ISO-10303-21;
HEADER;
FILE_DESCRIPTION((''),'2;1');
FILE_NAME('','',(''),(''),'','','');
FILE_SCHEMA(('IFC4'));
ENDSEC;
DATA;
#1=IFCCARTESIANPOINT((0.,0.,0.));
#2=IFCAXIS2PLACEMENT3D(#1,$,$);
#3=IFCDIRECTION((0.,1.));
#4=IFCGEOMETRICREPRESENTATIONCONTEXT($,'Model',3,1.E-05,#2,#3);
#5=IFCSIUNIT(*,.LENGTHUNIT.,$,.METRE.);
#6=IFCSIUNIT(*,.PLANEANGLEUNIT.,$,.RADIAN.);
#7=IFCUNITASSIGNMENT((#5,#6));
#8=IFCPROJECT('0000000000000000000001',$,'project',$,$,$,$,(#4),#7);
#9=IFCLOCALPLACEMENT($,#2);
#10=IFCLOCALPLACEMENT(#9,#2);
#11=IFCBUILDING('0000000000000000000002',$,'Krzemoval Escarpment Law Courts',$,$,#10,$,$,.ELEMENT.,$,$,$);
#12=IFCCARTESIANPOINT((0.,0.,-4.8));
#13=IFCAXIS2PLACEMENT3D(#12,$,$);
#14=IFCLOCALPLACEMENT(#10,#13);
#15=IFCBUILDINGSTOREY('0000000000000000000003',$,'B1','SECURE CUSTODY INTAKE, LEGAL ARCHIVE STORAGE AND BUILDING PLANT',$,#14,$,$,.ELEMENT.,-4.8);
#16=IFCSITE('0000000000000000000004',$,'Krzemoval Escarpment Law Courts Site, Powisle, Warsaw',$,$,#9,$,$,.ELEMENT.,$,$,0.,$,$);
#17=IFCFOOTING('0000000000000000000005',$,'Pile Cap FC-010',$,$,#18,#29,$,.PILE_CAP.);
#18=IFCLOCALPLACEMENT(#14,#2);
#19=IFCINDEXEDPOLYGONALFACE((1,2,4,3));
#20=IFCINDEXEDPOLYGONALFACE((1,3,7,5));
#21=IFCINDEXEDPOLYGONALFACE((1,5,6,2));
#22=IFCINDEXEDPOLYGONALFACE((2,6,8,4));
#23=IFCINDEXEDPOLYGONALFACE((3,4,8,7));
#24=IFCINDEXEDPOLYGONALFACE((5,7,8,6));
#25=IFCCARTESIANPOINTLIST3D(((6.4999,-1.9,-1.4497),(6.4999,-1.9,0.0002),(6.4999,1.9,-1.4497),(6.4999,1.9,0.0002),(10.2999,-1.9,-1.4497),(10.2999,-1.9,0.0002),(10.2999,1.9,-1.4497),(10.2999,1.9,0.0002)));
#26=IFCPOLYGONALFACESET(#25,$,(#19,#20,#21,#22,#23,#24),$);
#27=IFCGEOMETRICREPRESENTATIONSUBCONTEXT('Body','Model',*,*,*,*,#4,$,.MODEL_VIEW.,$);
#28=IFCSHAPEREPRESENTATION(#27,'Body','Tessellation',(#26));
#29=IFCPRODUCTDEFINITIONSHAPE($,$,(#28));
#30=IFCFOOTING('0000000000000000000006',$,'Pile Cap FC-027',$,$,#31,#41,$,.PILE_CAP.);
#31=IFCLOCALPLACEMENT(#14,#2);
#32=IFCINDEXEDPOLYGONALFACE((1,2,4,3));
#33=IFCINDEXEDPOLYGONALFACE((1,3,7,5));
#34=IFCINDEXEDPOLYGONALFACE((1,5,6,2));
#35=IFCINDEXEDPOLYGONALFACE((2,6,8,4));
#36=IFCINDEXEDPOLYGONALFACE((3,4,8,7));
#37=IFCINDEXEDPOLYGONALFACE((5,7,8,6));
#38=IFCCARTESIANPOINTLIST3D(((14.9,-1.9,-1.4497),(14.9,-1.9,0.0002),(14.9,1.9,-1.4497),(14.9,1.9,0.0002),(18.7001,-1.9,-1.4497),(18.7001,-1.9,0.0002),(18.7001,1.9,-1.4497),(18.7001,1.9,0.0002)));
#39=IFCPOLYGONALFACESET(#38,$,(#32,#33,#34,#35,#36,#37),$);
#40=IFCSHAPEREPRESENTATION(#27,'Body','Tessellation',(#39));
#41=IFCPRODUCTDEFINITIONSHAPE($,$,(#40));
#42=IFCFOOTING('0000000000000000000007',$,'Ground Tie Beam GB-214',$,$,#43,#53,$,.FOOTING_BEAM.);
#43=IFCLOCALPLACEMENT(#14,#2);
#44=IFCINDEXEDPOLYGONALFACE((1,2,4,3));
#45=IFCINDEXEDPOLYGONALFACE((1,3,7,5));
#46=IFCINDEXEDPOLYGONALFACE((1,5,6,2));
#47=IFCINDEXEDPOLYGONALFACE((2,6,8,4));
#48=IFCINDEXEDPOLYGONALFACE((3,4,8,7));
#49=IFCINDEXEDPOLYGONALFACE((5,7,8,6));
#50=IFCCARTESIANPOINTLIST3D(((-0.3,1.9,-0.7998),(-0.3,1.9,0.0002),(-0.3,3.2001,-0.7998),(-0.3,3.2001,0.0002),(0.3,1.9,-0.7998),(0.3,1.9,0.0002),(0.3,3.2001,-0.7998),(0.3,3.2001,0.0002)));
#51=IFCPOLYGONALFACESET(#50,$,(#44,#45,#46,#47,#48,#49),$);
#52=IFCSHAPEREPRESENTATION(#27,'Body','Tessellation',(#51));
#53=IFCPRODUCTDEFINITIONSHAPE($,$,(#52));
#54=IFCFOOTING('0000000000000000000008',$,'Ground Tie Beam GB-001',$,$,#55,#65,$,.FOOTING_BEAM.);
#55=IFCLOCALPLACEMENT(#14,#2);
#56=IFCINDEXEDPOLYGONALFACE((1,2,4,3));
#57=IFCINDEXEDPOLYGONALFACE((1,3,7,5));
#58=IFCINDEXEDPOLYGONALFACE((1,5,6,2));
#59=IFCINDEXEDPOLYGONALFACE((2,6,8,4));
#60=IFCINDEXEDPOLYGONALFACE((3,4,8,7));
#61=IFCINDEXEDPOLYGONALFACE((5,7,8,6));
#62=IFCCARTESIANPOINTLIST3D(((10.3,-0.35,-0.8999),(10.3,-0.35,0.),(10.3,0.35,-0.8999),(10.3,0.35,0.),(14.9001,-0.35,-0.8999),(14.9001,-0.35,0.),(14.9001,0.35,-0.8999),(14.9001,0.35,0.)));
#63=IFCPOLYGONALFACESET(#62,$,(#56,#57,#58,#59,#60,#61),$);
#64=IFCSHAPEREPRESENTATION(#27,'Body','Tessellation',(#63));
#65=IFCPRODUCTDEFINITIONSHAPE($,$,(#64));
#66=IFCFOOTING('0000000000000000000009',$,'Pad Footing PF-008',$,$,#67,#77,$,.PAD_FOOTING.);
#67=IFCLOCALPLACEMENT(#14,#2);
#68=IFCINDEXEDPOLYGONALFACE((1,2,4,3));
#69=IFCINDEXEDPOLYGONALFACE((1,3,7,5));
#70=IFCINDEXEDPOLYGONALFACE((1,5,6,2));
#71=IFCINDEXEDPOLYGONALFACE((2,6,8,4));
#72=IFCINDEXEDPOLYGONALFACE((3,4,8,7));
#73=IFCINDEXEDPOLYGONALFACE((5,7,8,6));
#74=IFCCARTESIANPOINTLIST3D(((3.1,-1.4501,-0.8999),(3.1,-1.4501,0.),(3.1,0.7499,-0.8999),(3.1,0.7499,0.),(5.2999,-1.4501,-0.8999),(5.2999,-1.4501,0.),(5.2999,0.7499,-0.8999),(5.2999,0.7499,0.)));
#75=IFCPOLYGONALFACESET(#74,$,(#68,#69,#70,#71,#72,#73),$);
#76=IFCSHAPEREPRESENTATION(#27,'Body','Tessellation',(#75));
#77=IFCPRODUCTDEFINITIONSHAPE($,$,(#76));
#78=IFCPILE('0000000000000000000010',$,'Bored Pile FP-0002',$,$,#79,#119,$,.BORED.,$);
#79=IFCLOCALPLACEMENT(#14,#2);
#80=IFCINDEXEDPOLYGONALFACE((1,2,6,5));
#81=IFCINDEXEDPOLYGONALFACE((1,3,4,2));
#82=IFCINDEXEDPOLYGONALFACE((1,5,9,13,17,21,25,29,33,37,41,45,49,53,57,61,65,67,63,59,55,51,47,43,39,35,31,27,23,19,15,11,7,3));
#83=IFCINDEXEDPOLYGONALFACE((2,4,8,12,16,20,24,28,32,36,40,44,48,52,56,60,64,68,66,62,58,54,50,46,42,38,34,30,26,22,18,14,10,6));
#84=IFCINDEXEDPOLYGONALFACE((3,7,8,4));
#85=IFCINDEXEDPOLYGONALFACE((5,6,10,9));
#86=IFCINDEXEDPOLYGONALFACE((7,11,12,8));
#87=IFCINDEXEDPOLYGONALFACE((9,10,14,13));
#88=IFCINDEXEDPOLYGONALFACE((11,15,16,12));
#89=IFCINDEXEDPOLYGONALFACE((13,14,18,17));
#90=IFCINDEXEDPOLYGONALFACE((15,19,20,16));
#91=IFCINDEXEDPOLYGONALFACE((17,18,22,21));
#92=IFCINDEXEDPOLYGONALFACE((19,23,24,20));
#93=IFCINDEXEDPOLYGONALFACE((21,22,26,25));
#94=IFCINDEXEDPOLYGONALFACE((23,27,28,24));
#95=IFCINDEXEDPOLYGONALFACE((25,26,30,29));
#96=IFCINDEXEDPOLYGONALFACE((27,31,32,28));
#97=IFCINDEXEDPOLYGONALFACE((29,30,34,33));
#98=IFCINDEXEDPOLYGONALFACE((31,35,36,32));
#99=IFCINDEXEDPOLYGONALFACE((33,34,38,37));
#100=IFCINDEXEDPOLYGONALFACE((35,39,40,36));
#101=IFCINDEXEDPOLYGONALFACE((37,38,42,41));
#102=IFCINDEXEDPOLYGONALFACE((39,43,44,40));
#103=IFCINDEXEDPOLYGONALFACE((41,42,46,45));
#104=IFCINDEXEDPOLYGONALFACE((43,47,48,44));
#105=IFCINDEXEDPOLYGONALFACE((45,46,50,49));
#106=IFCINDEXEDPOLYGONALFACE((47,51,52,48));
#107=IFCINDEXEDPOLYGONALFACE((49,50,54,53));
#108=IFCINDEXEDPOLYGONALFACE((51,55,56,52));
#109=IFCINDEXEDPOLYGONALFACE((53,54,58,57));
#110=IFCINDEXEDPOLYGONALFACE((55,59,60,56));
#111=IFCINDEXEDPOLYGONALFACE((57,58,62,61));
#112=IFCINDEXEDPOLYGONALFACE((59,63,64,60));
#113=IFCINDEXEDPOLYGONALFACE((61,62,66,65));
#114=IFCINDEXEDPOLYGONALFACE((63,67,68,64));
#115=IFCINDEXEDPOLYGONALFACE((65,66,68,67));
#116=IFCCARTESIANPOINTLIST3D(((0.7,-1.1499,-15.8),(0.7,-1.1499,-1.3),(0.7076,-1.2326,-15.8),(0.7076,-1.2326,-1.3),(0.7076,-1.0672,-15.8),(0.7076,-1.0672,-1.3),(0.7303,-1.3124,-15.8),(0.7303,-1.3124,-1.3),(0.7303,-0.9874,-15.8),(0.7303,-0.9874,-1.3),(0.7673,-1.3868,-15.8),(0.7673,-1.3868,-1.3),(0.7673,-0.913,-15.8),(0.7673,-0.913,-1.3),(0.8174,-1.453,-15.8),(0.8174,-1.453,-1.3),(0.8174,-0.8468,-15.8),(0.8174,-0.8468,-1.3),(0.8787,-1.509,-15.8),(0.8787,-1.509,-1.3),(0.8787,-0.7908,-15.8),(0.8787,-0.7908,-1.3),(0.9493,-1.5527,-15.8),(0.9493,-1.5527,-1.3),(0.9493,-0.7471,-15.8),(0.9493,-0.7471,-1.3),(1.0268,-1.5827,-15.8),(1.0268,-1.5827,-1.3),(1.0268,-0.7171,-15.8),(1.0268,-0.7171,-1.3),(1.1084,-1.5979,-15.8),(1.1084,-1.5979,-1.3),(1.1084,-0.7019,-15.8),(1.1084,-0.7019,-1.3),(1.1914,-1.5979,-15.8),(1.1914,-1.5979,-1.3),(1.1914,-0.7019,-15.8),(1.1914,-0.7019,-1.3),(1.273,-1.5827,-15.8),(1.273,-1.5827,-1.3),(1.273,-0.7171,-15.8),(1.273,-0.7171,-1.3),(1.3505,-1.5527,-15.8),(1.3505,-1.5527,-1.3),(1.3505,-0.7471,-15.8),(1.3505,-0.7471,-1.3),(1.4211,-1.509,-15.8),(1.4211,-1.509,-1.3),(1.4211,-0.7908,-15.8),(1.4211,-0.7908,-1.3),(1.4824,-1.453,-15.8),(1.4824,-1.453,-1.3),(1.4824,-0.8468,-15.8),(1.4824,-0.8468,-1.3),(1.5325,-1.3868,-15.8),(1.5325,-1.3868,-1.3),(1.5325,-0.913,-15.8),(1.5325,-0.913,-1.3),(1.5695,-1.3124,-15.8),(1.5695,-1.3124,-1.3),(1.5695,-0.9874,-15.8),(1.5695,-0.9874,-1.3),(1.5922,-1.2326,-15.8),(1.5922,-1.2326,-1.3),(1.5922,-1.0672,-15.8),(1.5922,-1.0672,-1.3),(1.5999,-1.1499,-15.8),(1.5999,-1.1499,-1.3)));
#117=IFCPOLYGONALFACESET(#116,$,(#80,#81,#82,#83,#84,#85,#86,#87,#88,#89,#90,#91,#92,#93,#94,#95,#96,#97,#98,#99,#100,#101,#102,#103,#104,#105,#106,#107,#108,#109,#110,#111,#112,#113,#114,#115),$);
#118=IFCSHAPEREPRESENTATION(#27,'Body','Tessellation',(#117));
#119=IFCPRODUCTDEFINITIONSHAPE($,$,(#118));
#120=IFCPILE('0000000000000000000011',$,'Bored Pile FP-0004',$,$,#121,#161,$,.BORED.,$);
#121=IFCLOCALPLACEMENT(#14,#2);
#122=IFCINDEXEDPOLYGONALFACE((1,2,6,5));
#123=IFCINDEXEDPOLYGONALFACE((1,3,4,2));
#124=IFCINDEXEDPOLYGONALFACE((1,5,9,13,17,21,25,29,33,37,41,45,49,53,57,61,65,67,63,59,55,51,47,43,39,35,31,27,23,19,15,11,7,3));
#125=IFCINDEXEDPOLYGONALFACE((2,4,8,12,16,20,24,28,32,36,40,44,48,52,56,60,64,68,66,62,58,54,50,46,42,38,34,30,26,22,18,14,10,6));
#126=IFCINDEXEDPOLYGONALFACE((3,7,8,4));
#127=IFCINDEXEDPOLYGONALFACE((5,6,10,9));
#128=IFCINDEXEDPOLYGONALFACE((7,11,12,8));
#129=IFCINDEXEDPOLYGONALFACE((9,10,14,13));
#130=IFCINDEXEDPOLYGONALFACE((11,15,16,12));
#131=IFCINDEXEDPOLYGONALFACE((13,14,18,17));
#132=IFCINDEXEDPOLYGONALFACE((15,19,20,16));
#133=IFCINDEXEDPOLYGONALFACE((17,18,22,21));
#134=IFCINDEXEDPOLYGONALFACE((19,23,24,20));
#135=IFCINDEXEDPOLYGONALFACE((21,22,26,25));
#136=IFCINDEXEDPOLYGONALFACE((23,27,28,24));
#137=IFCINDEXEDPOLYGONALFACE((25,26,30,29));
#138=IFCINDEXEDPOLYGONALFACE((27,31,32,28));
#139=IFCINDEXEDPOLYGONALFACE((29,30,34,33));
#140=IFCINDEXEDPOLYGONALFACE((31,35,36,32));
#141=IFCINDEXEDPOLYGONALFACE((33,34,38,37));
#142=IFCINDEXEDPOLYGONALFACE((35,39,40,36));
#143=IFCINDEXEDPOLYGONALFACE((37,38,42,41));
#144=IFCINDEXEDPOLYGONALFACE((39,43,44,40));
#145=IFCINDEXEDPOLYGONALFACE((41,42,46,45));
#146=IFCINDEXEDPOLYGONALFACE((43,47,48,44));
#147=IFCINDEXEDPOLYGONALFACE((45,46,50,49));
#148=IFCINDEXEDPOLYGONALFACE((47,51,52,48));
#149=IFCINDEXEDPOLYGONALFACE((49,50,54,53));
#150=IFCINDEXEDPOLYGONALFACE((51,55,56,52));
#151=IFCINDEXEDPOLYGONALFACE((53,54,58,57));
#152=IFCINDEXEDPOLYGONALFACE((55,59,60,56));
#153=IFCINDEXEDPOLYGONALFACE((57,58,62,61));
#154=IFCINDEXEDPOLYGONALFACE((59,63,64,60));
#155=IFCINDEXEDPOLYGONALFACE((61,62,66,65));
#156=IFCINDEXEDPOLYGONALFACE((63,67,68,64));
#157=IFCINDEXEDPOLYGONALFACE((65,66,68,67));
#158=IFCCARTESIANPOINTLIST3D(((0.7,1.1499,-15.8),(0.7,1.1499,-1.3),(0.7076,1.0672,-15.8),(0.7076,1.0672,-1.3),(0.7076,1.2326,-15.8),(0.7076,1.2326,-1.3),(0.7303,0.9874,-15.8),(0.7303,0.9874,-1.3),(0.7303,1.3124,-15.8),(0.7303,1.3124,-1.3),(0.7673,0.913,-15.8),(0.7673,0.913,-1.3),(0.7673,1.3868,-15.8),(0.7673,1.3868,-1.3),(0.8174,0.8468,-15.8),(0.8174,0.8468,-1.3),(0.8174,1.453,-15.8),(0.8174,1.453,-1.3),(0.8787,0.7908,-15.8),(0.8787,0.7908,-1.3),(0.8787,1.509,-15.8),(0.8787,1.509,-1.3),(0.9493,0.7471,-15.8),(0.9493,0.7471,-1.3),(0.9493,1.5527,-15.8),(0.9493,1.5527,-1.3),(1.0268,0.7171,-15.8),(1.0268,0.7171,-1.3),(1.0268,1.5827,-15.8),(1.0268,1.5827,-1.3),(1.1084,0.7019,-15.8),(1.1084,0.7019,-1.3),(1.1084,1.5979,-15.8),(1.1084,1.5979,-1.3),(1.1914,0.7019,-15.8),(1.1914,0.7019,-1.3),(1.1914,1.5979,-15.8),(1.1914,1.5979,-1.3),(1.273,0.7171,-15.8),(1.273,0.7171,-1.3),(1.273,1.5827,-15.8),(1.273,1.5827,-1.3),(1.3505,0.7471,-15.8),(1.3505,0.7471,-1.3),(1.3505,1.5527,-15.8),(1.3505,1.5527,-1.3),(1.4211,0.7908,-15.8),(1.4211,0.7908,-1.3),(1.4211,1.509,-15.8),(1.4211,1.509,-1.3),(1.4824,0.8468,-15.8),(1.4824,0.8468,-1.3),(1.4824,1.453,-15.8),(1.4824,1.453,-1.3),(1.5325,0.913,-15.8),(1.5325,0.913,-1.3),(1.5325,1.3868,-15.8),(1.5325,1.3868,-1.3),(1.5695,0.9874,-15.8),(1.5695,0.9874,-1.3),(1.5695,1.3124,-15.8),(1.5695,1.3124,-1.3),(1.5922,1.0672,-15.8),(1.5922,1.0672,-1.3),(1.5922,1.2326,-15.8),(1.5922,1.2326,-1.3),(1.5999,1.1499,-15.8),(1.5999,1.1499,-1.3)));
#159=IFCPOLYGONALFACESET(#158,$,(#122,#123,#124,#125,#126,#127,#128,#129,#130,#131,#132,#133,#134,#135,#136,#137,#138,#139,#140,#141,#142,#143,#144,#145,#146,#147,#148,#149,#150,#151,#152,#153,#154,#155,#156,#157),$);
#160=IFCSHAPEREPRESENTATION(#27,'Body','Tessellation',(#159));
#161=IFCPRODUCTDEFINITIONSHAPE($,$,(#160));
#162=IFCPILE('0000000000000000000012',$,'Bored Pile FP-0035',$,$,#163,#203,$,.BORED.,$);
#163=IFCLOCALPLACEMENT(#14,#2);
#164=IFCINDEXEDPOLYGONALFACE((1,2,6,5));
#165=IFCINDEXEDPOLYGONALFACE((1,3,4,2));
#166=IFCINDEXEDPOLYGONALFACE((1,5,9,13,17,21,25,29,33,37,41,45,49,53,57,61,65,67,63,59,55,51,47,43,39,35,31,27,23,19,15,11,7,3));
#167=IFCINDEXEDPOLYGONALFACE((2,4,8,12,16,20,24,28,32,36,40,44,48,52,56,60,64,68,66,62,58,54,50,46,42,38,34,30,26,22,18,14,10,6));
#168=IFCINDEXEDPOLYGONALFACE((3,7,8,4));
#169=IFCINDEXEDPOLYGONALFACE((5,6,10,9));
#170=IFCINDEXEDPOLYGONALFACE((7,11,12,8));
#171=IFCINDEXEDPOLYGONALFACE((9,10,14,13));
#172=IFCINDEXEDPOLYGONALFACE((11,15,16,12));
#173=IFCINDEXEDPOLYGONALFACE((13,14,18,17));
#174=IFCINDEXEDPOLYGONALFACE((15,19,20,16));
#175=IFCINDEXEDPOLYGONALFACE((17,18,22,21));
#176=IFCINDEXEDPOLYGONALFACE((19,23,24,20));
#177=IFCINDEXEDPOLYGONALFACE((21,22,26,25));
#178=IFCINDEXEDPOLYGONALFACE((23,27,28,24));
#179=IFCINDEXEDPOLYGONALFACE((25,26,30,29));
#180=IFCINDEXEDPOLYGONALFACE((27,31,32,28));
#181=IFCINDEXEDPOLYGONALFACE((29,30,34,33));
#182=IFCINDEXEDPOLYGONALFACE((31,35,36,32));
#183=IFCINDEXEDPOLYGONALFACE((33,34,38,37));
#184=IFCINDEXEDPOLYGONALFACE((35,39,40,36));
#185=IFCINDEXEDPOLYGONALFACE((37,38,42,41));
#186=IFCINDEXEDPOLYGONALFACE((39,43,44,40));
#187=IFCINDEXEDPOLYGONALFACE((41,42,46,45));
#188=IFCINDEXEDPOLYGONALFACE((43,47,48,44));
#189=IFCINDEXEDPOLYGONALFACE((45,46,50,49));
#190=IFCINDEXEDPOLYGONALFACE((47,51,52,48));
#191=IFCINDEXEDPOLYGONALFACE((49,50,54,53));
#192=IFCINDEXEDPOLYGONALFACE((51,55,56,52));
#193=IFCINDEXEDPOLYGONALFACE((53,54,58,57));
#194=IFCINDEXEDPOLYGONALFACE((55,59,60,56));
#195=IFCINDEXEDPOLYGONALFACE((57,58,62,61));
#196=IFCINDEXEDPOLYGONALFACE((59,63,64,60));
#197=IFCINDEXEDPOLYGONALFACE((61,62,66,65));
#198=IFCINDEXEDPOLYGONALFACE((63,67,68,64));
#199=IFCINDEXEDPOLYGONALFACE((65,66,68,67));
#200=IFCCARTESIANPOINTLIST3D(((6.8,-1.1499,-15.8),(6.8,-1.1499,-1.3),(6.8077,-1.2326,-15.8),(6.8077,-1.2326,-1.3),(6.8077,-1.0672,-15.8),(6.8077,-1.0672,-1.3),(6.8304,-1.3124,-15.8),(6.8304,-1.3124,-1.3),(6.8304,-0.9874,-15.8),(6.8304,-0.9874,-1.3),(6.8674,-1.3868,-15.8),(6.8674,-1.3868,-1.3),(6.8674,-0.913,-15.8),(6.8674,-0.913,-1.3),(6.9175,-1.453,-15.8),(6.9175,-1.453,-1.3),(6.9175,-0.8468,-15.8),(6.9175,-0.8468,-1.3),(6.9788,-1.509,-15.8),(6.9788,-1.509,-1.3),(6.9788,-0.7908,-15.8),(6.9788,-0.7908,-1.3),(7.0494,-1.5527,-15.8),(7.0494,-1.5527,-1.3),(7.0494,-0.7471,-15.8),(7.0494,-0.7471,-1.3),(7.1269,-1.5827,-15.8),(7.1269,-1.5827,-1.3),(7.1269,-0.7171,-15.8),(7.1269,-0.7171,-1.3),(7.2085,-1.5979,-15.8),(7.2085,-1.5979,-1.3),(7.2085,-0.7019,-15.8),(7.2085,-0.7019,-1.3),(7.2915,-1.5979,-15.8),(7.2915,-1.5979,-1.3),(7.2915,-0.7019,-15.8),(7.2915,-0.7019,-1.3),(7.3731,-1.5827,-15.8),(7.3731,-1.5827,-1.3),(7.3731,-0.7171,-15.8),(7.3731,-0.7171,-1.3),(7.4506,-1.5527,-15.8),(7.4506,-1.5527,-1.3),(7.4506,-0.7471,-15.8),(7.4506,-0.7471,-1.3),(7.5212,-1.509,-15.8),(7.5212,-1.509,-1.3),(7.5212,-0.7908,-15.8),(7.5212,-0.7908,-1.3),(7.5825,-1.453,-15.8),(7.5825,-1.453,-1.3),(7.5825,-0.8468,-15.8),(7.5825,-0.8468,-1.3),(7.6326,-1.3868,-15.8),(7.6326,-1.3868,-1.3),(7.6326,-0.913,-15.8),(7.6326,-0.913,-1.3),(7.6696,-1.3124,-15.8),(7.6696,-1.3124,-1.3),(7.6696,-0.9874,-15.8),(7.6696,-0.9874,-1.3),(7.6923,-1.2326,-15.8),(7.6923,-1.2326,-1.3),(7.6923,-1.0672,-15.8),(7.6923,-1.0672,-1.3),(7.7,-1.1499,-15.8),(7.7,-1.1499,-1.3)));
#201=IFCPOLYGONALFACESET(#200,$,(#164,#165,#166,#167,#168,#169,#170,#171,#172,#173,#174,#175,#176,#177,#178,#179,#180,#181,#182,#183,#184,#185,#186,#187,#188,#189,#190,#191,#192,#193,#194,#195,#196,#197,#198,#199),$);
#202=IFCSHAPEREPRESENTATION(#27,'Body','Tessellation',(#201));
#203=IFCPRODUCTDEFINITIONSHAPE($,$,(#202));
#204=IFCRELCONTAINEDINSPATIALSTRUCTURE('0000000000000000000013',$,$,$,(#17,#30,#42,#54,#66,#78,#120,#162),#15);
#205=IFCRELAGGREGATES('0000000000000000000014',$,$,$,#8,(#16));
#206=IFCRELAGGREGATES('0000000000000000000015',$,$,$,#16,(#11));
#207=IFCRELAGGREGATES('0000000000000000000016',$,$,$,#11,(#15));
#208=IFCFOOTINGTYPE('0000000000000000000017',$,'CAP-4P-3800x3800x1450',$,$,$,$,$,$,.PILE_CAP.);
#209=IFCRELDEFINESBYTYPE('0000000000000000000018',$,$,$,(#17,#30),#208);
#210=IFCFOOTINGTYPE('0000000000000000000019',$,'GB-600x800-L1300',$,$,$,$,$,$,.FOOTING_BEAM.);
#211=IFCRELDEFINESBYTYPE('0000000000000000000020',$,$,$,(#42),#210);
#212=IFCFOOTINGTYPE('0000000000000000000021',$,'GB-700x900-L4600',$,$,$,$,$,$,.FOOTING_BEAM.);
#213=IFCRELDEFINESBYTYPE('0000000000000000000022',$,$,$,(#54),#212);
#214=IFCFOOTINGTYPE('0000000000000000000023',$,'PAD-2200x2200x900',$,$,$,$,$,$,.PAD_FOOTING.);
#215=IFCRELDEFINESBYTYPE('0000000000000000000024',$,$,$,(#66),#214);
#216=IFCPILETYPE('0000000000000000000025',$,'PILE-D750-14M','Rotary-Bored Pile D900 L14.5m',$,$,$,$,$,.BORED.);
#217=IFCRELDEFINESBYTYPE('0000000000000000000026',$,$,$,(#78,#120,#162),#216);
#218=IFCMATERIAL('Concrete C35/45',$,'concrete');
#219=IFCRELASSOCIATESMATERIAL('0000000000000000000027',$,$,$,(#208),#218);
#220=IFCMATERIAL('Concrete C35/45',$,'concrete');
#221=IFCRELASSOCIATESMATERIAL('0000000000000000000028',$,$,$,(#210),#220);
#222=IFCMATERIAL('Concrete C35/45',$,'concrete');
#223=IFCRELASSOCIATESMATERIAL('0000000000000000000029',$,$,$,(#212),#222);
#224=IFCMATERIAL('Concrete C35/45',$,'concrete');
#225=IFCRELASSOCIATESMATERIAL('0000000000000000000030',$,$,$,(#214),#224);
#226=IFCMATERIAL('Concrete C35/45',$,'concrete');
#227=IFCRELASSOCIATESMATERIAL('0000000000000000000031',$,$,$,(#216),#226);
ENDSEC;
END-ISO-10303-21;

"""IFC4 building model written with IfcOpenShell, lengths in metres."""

from ifc_helpers import new_model, si_unit, direction, frame, origin, origin_2d, place, context, subcontext, project, spatial, rectangle, circle, extrude, material, material_profile, profile_set, type_object, element, save


model = new_model("IFC4")

# Units and contexts
model_context = context("Model", 3, precision=1e-05, world=origin(), true_north=direction((0.0, 1.0)))
body_context = subcontext(model_context, "Body", "Model", "MODEL_VIEW")
ifc_project = project(units=[si_unit("LENGTHUNIT", "METRE"), si_unit("PLANEANGLEUNIT", "RADIAN")], contexts=[model_context])

# Site, building, storey
site_placement = place(None, origin())
site = spatial("IfcSite", under=ifc_project, at=site_placement, Name="Krzemoval Escarpment Law Courts Site, Powisle, Warsaw", CompositionType="ELEMENT", RefElevation=0.0)
building_placement = place(site_placement, origin())
building = spatial("IfcBuilding", under=site, at=building_placement, Name="Krzemoval Escarpment Law Courts", CompositionType="ELEMENT")
storey_placement = place(building_placement, frame((0.0, 0.0, -4.8)))
storey = spatial("IfcBuildingStorey", under=building, at=storey_placement, Name="B1", Description="SECURE CUSTODY INTAKE, LEGAL ARCHIVE STORAGE AND BUILDING PLANT", CompositionType="ELEMENT", Elevation=-4.8)

# Footings
ifc_material_1 = material(Name="Concrete C35/45", Category="concrete")
footing_type_1 = type_object("IfcFootingType", Name="CAP-4P-3800x3800x1450", PredefinedType="PILE_CAP", material=ifc_material_1)
for number, where, z_axis, x_axis, name in (
    (1, (8.3999, 0.0, -1.4497), (0.0, 0.0, 1.0), (1.0, 0.0, 0.0), "Pile Cap FC-010"),
    (2, (16.8, 0.0, -1.4497), (0.0, 0.0, 1.0), (1.0, 0.0, 0.0), "Pile Cap FC-027"),
):
    element("IfcFooting", number, at=place(storey_placement, frame(where, z_axis=z_axis, x_axis=x_axis)), inside=storey, type_object=footing_type_1, Name=name, PredefinedType="PILE_CAP", context=body_context, shape_type="SweptSolid", body=[
        extrude(rectangle(XDim=3.8, YDim=3.8, at=origin_2d()), origin(), (0.0, 0.0, 1.0), 1.45),
    ])
ifc_material_2 = material(Name="Concrete C35/45", Category="concrete")
footing_type_2 = type_object("IfcFootingType", Name="GB-600x800-L1300", PredefinedType="FOOTING_BEAM", material=ifc_material_2)
footing_1_placement = place(storey_placement, frame((0.0, 2.55, -0.7998), z_axis=(0.0, 0.0, 1.0), x_axis=(0.0, 1.0, 0.0)))
element("IfcFooting", 3, at=footing_1_placement, inside=storey, type_object=footing_type_2, Name="Ground Tie Beam GB-214", PredefinedType="FOOTING_BEAM", context=body_context, shape_type="SweptSolid", body=[
    extrude(rectangle(XDim=1.3, YDim=0.6001, at=origin_2d()), origin(), (0.0, 0.0, 1.0), 0.8),
])
ifc_material_3 = material(Name="Concrete C35/45", Category="concrete")
footing_type_3 = type_object("IfcFootingType", Name="GB-700x900-L4600", PredefinedType="FOOTING_BEAM", material=ifc_material_3)
footing_2_placement = place(storey_placement, frame((12.6001, 0.0, -0.8999), z_axis=(0.0, 0.0, 1.0), x_axis=(1.0, 0.0, 0.0)))
element("IfcFooting", 4, at=footing_2_placement, inside=storey, type_object=footing_type_3, Name="Ground Tie Beam GB-001", PredefinedType="FOOTING_BEAM", context=body_context, shape_type="SweptSolid", body=[
    extrude(rectangle(XDim=4.6001, YDim=0.7, at=origin_2d()), origin(), (0.0, 0.0, 1.0), 0.8999),
])
ifc_material_4 = material(Name="Concrete C35/45", Category="concrete")
footing_type_4 = type_object("IfcFootingType", Name="PAD-2200x2200x900", PredefinedType="PAD_FOOTING", material=ifc_material_4)
footing_3_placement = place(storey_placement, frame((4.2, -0.3501, -0.8999), z_axis=(0.0, 0.0, 1.0), x_axis=(1.0, 0.0, 0.0)))
element("IfcFooting", 5, at=footing_3_placement, inside=storey, type_object=footing_type_4, Name="Pad Footing PF-008", PredefinedType="PAD_FOOTING", context=body_context, shape_type="SweptSolid", body=[
    extrude(rectangle(XDim=2.2, YDim=2.2, at=origin_2d()), origin(), (0.0, 0.0, 1.0), 0.8999),
])

# Piles
ifc_material_5 = material(Name="Concrete C35/45", Category="concrete")
ifc_material_profile_1 = material_profile(ifc_material_5, circle(Radius=0.45, at=origin_2d()), Name="PILE D900")
ifc_profile_set_1 = profile_set([ifc_material_profile_1], Name="Concrete C35/45")
pile_type = type_object("IfcPileType", Name="PILE-D750-14M", Description="Rotary-Bored Pile D900 L14.5m", PredefinedType="BORED", material=ifc_profile_set_1)
for number, where, z_axis, x_axis, name in (
    (6, (1.1499, -1.1499, -1.3), (0.0, 0.0, -1.0), (1.0, 0.0, 0.0), "Bored Pile FP-0002"),
    (7, (1.1499, 1.1499, -1.3), (0.0, 0.0, -1.0), (1.0, 0.0, 0.0), "Bored Pile FP-0004"),
    (8, (7.25, -1.1499, -1.3), (0.0, 0.0, -1.0), (1.0, 0.0, 0.0), "Bored Pile FP-0035"),
):
    element("IfcPile", number, at=place(storey_placement, frame(where, z_axis=z_axis, x_axis=x_axis)), inside=storey, type_object=pile_type, Name=name, PredefinedType="BORED", context=body_context, shape_type="SweptSolid", body=[
        extrude(circle(Radius=0.45, at=origin_2d()), origin(), (0.0, 0.0, 1.0), 14.5),
    ])

save(model, "model.ifc")
